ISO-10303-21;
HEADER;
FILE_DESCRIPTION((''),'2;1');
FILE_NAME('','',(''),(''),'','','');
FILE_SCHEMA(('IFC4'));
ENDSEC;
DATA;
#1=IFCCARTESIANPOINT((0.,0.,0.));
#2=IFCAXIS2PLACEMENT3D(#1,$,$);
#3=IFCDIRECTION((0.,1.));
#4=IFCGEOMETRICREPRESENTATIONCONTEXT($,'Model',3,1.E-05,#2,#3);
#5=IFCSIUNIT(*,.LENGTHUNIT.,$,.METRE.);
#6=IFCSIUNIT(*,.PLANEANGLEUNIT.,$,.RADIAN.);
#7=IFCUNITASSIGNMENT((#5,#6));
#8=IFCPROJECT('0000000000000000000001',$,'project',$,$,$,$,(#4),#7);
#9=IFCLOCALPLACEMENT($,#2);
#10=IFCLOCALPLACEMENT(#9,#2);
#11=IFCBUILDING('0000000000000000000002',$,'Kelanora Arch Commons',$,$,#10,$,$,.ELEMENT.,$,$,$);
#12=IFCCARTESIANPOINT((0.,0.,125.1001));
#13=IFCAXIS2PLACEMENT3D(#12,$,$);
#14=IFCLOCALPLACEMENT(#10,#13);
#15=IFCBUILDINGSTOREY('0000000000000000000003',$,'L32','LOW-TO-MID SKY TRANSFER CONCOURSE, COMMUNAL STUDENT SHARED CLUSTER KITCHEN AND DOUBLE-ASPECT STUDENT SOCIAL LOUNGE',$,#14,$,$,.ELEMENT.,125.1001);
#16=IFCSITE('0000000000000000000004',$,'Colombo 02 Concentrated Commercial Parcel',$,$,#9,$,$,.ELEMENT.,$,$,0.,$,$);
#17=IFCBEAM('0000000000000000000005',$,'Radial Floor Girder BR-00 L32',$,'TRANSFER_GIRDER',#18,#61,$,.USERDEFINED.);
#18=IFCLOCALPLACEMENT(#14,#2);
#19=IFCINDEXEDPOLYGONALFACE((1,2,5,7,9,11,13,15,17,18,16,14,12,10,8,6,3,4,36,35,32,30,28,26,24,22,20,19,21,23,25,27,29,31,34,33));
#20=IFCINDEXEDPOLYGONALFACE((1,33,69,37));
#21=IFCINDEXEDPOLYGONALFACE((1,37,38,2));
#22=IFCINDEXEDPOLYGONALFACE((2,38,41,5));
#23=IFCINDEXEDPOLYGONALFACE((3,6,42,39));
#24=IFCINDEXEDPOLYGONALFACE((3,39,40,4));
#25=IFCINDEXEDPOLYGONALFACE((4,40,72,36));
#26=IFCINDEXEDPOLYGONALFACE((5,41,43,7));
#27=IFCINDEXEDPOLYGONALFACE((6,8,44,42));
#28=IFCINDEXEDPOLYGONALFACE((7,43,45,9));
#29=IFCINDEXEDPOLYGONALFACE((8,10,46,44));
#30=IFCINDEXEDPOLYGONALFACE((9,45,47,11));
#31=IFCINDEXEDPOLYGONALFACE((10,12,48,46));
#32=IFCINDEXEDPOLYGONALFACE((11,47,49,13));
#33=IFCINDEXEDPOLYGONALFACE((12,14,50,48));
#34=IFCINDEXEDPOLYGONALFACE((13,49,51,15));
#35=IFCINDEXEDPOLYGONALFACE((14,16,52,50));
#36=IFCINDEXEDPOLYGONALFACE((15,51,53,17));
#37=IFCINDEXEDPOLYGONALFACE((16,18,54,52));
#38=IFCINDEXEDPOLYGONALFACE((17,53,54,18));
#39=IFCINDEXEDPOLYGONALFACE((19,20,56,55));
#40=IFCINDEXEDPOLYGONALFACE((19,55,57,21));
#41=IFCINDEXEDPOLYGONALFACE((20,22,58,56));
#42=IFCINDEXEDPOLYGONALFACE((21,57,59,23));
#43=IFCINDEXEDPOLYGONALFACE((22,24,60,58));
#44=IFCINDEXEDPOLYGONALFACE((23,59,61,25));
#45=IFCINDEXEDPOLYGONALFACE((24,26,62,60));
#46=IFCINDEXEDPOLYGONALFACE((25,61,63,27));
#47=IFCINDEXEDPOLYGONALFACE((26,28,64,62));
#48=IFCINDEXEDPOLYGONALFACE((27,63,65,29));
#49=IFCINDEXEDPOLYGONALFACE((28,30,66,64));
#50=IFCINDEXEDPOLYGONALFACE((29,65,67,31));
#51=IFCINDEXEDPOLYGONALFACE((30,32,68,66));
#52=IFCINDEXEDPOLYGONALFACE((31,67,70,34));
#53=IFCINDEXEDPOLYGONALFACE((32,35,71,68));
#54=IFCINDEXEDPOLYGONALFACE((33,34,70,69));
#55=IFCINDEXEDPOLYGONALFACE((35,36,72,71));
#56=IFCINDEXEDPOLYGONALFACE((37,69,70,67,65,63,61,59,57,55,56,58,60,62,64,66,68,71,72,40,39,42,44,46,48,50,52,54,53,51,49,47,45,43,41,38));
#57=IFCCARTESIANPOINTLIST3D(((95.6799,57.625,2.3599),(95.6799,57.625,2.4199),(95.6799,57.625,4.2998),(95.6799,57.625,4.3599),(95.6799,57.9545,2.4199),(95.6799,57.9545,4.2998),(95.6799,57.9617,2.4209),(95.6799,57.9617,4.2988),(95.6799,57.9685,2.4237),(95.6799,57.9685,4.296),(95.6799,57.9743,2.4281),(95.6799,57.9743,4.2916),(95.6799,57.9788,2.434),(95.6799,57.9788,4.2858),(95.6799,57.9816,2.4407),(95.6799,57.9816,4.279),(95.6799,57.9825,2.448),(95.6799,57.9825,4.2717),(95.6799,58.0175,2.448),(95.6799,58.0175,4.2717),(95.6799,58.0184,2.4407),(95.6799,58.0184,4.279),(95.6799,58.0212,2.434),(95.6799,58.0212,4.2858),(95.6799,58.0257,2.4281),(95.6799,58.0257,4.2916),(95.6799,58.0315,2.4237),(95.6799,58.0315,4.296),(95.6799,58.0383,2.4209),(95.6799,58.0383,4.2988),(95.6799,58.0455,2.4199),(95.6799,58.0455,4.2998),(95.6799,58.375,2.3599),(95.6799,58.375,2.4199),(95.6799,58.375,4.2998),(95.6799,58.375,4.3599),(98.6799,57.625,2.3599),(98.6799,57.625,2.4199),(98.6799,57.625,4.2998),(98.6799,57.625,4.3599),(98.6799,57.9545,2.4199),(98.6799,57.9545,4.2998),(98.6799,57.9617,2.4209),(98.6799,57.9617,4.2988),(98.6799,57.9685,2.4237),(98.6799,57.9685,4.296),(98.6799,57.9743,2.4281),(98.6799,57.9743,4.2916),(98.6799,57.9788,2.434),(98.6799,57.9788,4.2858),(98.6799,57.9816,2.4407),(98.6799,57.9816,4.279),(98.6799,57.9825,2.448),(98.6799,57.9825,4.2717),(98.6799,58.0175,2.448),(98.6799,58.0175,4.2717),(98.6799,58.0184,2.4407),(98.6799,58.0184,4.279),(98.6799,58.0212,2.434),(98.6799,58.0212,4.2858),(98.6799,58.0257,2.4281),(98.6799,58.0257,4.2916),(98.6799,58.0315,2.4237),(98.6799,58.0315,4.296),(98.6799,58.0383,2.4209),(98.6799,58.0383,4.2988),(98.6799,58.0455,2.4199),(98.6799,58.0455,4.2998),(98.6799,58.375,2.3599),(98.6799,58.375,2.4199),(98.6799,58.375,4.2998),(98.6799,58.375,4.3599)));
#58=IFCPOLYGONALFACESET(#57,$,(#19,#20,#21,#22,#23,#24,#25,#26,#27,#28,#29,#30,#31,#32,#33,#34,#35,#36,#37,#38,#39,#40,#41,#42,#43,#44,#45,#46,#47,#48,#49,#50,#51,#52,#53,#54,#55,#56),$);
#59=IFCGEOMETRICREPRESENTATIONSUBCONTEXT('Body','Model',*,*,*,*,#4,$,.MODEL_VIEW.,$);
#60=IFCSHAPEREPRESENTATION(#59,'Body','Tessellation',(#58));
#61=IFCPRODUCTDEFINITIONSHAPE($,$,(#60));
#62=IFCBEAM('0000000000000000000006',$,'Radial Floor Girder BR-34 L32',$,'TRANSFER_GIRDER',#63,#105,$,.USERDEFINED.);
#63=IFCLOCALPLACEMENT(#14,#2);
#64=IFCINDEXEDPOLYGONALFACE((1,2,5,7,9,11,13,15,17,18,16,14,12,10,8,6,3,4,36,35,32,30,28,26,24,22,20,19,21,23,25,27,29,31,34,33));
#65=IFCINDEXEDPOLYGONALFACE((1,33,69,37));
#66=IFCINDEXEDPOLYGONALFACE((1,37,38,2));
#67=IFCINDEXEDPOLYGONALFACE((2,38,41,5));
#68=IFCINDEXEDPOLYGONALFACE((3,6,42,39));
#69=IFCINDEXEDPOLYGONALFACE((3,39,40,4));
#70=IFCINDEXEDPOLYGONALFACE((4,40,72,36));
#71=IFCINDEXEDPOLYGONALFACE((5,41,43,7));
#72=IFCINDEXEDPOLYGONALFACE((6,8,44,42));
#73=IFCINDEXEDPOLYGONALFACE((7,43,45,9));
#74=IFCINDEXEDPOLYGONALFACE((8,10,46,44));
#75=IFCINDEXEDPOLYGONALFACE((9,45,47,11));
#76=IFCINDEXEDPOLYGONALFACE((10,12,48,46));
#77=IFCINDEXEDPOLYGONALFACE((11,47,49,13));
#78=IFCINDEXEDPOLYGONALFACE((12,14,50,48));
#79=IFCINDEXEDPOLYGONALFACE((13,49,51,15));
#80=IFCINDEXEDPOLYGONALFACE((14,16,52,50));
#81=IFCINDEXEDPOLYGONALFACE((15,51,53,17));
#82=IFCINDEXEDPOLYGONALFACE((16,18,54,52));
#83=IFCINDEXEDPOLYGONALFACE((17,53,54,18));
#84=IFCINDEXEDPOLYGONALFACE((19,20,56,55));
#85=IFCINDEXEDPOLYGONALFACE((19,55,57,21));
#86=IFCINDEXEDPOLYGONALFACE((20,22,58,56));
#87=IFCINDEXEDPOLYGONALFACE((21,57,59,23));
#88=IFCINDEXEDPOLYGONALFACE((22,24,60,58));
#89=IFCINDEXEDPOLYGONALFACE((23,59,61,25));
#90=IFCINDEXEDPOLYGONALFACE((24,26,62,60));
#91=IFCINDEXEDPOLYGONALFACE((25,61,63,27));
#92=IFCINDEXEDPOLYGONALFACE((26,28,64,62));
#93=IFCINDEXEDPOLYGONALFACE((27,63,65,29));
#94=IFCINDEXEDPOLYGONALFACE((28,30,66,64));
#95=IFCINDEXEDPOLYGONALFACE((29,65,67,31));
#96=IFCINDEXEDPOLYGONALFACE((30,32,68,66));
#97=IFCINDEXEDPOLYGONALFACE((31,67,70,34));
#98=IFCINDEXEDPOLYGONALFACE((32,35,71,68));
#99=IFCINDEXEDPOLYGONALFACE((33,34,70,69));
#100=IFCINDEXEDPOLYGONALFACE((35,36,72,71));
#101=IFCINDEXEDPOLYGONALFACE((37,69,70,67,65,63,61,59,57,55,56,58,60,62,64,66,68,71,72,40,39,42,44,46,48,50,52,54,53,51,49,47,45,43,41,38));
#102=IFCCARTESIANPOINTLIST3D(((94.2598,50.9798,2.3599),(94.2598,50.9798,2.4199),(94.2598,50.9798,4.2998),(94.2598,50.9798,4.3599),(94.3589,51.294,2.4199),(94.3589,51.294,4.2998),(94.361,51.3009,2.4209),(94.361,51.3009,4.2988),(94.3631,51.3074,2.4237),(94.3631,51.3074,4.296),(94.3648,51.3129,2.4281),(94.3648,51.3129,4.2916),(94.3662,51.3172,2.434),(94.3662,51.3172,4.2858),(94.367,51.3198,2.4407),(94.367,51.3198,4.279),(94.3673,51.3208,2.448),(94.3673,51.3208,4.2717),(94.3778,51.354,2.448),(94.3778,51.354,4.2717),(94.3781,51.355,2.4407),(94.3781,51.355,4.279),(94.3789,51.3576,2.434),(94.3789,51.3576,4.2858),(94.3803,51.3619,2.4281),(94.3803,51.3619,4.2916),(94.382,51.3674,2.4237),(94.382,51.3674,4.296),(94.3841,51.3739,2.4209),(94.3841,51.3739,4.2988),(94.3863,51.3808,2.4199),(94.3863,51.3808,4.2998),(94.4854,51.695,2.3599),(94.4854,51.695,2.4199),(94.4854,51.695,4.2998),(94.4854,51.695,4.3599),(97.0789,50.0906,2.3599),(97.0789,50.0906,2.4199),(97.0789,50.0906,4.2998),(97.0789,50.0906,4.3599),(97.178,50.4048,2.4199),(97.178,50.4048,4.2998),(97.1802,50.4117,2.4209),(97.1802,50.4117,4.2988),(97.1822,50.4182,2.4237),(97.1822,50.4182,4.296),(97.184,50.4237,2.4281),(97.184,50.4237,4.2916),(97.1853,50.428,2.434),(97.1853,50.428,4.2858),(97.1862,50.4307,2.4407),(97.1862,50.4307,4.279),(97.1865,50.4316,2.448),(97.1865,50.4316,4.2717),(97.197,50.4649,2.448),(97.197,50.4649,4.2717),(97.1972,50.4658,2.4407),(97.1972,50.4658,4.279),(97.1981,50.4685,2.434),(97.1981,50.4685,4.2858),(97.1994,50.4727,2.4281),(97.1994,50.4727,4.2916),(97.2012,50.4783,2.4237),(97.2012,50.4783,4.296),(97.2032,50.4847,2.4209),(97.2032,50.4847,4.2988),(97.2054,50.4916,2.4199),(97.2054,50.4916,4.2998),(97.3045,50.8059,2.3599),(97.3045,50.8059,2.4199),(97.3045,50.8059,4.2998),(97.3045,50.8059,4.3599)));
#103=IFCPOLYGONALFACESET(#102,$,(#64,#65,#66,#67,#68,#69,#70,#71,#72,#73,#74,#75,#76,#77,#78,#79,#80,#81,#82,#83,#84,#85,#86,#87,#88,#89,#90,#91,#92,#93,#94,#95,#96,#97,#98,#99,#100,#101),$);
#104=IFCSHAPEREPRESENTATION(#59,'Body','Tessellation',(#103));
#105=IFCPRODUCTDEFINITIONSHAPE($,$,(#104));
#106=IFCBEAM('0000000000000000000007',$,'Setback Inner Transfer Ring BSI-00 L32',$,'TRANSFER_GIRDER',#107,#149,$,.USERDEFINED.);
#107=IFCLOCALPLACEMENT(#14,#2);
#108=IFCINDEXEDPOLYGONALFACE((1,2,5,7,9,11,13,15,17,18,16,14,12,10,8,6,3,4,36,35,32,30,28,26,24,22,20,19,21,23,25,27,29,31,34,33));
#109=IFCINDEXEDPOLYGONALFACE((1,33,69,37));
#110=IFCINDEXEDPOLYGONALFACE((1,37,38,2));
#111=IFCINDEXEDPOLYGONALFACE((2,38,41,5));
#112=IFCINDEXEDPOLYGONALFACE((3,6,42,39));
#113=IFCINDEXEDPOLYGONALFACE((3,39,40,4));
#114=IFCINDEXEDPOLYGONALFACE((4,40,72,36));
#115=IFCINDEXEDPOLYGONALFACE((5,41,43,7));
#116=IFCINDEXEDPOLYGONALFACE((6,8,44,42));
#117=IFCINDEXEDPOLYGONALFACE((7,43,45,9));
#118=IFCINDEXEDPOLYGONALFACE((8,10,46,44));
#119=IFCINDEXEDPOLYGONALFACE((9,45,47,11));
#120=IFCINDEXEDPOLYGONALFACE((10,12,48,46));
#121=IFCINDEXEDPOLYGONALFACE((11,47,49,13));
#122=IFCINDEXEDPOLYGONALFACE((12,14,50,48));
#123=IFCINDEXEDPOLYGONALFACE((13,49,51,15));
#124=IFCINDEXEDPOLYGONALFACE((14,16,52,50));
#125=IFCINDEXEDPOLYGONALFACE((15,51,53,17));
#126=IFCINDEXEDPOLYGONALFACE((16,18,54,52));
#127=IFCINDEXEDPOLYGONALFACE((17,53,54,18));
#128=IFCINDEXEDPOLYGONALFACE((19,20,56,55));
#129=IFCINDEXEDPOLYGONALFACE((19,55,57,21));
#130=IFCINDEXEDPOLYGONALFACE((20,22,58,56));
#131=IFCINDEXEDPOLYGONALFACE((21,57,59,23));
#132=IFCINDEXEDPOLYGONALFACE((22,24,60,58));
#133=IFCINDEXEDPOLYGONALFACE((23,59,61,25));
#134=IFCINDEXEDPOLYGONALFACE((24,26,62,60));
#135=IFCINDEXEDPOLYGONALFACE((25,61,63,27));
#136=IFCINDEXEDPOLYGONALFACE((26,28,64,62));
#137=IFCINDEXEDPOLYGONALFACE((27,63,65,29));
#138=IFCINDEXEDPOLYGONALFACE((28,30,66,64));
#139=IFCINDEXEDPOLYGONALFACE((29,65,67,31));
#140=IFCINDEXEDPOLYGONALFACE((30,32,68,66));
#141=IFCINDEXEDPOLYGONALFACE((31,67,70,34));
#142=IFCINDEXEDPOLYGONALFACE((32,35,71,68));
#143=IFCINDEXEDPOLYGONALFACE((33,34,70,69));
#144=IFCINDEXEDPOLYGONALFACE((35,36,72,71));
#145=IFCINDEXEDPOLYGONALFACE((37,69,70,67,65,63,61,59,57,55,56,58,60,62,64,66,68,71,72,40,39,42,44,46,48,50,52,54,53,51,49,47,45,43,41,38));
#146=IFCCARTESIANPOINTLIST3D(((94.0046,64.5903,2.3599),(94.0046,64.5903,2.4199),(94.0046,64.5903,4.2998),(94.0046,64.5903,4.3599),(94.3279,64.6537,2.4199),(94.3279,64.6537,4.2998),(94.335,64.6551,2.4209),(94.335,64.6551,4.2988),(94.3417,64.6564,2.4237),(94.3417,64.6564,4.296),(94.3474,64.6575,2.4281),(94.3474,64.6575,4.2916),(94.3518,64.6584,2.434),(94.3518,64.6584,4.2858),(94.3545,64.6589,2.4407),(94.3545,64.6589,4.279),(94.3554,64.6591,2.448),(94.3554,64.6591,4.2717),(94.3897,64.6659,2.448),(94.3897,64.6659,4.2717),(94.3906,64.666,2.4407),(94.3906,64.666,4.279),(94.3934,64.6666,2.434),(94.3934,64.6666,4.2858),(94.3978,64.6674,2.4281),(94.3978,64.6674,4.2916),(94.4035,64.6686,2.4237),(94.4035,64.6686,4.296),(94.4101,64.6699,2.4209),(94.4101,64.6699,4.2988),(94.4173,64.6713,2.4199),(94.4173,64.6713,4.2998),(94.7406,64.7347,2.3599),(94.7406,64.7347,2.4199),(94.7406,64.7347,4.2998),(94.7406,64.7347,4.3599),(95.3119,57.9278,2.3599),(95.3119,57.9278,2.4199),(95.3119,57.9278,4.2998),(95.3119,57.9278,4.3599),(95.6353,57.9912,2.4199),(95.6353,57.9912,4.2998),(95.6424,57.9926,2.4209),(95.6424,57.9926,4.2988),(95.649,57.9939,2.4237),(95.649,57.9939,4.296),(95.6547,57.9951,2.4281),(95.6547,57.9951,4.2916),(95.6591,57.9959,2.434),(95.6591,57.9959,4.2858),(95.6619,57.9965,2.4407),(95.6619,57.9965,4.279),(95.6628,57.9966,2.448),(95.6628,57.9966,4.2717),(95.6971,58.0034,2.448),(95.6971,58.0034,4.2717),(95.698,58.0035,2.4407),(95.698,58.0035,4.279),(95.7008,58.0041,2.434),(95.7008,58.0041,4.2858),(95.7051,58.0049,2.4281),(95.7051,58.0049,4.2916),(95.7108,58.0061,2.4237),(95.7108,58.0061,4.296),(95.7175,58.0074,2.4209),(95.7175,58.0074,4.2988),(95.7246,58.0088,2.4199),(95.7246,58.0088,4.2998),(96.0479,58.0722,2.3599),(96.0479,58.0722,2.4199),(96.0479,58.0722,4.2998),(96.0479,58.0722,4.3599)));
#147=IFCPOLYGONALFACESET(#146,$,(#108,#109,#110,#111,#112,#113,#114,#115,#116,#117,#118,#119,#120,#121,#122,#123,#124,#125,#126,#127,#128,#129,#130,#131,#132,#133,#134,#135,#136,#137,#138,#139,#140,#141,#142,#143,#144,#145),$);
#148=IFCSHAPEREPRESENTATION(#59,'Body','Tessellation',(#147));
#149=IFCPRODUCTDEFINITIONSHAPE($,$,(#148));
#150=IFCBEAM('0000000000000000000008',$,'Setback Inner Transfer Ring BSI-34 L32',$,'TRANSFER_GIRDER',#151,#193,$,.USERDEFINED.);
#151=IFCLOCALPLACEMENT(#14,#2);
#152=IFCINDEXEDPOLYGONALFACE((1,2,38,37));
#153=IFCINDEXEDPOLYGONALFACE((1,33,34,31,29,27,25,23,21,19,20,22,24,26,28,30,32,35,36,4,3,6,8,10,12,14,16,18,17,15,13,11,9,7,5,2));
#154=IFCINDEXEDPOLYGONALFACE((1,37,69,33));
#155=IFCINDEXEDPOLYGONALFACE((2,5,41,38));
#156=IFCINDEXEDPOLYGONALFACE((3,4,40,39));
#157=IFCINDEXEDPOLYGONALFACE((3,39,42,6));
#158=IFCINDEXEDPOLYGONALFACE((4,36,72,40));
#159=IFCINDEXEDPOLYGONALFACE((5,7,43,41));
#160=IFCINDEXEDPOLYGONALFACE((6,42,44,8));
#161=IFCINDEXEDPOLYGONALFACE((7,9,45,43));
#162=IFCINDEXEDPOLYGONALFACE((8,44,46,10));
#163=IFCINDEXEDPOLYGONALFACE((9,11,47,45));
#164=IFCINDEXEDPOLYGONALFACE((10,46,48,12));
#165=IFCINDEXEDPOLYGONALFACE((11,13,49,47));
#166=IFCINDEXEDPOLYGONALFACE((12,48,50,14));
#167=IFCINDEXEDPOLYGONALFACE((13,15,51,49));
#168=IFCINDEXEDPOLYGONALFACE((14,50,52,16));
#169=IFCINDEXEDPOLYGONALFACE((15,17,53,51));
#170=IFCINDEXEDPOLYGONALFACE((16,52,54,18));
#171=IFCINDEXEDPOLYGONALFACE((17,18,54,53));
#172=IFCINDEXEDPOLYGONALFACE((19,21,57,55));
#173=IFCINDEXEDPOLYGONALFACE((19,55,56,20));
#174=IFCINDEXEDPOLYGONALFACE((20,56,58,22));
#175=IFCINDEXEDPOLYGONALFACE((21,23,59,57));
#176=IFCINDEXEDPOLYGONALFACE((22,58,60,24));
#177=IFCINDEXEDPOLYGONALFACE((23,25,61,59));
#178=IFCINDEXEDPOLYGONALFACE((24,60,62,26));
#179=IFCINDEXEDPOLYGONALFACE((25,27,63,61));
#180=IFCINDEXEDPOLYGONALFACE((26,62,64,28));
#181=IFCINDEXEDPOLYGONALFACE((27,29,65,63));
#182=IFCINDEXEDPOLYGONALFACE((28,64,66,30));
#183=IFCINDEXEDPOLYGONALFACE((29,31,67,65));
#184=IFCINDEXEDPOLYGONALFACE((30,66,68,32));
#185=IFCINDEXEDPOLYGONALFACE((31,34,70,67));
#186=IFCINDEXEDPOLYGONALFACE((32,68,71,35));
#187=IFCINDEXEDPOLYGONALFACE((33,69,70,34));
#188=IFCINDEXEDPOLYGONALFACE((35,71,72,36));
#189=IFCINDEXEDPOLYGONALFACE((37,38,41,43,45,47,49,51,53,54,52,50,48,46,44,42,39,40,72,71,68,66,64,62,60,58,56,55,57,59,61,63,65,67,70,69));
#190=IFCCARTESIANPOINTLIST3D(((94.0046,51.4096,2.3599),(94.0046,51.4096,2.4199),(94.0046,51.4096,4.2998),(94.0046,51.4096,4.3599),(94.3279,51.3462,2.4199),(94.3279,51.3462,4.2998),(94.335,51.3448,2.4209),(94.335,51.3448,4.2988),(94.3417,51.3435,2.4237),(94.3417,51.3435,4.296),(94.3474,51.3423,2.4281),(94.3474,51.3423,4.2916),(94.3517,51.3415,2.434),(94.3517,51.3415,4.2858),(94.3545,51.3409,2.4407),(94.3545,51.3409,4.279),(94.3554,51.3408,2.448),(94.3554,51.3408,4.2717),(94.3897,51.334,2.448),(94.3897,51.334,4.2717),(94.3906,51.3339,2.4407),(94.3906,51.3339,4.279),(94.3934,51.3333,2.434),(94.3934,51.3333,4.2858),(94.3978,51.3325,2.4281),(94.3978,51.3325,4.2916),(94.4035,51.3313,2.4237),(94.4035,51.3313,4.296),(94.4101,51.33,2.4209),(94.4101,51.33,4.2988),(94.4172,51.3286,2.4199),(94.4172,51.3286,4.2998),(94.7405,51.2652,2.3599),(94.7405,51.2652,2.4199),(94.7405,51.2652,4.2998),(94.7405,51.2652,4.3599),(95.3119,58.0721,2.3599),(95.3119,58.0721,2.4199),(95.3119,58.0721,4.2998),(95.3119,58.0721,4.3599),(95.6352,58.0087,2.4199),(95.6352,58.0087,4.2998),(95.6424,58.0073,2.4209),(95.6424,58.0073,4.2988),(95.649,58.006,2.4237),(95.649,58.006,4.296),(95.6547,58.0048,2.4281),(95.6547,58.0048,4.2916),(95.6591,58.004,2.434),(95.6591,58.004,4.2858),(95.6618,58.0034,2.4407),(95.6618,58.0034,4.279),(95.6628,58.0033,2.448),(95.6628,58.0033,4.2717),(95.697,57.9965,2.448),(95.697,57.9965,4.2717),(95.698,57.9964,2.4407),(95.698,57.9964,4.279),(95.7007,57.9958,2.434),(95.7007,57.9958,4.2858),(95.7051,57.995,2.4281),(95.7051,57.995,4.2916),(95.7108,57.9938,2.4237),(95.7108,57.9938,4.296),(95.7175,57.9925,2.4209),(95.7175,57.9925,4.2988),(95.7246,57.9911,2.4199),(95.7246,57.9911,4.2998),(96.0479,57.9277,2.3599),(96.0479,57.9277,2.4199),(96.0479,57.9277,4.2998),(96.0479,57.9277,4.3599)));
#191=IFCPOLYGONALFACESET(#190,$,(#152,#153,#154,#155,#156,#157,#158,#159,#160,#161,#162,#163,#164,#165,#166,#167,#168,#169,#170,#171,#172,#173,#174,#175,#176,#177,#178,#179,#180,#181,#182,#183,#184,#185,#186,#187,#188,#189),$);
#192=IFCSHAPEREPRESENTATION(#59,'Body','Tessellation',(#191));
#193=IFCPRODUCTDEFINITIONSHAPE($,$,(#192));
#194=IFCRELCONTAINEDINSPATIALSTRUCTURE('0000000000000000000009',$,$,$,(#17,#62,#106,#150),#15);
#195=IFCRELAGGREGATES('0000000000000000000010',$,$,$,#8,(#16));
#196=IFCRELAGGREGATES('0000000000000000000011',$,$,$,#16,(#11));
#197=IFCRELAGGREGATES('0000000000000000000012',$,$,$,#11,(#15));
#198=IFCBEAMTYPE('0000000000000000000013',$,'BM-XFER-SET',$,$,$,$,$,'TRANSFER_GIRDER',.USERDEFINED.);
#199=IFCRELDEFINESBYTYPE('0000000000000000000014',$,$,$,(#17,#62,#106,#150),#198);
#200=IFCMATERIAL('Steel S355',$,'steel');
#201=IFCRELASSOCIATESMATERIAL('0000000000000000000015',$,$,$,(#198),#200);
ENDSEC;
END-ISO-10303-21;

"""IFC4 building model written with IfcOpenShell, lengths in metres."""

from ifc_helpers import new_model, si_unit, direction, frame, origin, origin_2d, place, context, subcontext, project, spatial, i_section, extrude, material, material_profile, profile_set, type_object, element, save


model = new_model("IFC4")

# Units and contexts
model_context = context("Model", 3, precision=1e-05, world=origin(), true_north=direction((0.0, 1.0)))
body_context = subcontext(model_context, "Body", "Model", "MODEL_VIEW")
ifc_project = project(units=[si_unit("LENGTHUNIT", "METRE"), si_unit("PLANEANGLEUNIT", "RADIAN")], contexts=[model_context])

# Site, building, storey
site_placement = place(None, origin())
site = spatial("IfcSite", under=ifc_project, at=site_placement, Name="Colombo 02 Concentrated Commercial Parcel", CompositionType="ELEMENT", RefElevation=0.0)
building_placement = place(site_placement, origin())
building = spatial("IfcBuilding", under=site, at=building_placement, Name="Kelanora Arch Commons", CompositionType="ELEMENT")
storey_placement = place(building_placement, frame((0.0, 0.0, 125.1001)))
storey = spatial("IfcBuildingStorey", under=building, at=storey_placement, Name="L32", Description="LOW-TO-MID SKY TRANSFER CONCOURSE, COMMUNAL STUDENT SHARED CLUSTER KITCHEN AND DOUBLE-ASPECT STUDENT SOCIAL LOUNGE", CompositionType="ELEMENT", Elevation=125.1001)

# Beams
ifc_material_1 = material(Name="Steel S355", Category="steel")
ifc_material_profile_1 = material_profile(ifc_material_1, i_section(OverallWidth=0.75, OverallDepth=2.0, WebThickness=0.0349, FlangeThickness=0.0601, FilletRadius=0.0281, at=origin_2d()), Name="PG2000x750")
ifc_profile_set_1 = profile_set([ifc_material_profile_1], Name="Steel S355")
beam_type_1 = type_object("IfcBeamType", Name="BM-XFER-SET", ElementType="TRANSFER_GIRDER", PredefinedType="USERDEFINED", material=ifc_profile_set_1)
beam_1_placement = place(storey_placement, frame((95.6799, 58.0, 3.3599), z_axis=(1.0, 0.0, 0.0), x_axis=(0.0, 1.0, 0.0)))
element("IfcBeam", 1, at=beam_1_placement, inside=storey, type_object=beam_type_1, Name="Radial Floor Girder BR-00 L32", ObjectType="TRANSFER_GIRDER", PredefinedType="USERDEFINED", context=body_context, shape_type="SweptSolid", body=[
    extrude(i_section(OverallWidth=0.75, OverallDepth=2.0, WebThickness=0.0349, FlangeThickness=0.0601, FilletRadius=0.0281, at=origin_2d()), origin(), (0.0, 0.0, 1.0), 3.0),
])
beam_2_placement = place(storey_placement, frame((94.3726, 51.3374, 3.3599), z_axis=(0.953687, -0.300799, 0.0), x_axis=(0.300799, 0.953687, 0.0)))
element("IfcBeam", 2, at=beam_2_placement, inside=storey, type_object=beam_type_1, Name="Radial Floor Girder BR-34 L32", ObjectType="TRANSFER_GIRDER", PredefinedType="USERDEFINED", context=body_context, shape_type="SweptSolid", body=[
    extrude(i_section(OverallWidth=0.75, OverallDepth=2.0, WebThickness=0.0349, FlangeThickness=0.0601, FilletRadius=0.0281, at=origin_2d()), origin(), (0.0, 0.0, 1.0), 2.9561),
])
for number, where, z_axis, x_axis, name in (
    (3, (95.6799, 58.0, 3.3599), (-0.192554, 0.981286, 0.0), (-0.981286, -0.192554, 0.0), "Setback Inner Transfer Ring BSI-00 L32"),
    (4, (94.3726, 51.3374, 3.3599), (0.192554, 0.981286, 0.0), (-0.981286, 0.192554, 0.0), "Setback Inner Transfer Ring BSI-34 L32"),
):
    element("IfcBeam", number, at=place(storey_placement, frame(where, z_axis=z_axis, x_axis=x_axis)), inside=storey, type_object=beam_type_1, Name=name, ObjectType="TRANSFER_GIRDER", PredefinedType="USERDEFINED", context=body_context, shape_type="SweptSolid", body=[
        extrude(i_section(OverallWidth=0.75, OverallDepth=2.0, WebThickness=0.0349, FlangeThickness=0.0601, FilletRadius=0.0281, at=origin_2d()), origin(), (0.0, 0.0, 1.0), 6.7896),
    ])

save(model, "model.ifc")
